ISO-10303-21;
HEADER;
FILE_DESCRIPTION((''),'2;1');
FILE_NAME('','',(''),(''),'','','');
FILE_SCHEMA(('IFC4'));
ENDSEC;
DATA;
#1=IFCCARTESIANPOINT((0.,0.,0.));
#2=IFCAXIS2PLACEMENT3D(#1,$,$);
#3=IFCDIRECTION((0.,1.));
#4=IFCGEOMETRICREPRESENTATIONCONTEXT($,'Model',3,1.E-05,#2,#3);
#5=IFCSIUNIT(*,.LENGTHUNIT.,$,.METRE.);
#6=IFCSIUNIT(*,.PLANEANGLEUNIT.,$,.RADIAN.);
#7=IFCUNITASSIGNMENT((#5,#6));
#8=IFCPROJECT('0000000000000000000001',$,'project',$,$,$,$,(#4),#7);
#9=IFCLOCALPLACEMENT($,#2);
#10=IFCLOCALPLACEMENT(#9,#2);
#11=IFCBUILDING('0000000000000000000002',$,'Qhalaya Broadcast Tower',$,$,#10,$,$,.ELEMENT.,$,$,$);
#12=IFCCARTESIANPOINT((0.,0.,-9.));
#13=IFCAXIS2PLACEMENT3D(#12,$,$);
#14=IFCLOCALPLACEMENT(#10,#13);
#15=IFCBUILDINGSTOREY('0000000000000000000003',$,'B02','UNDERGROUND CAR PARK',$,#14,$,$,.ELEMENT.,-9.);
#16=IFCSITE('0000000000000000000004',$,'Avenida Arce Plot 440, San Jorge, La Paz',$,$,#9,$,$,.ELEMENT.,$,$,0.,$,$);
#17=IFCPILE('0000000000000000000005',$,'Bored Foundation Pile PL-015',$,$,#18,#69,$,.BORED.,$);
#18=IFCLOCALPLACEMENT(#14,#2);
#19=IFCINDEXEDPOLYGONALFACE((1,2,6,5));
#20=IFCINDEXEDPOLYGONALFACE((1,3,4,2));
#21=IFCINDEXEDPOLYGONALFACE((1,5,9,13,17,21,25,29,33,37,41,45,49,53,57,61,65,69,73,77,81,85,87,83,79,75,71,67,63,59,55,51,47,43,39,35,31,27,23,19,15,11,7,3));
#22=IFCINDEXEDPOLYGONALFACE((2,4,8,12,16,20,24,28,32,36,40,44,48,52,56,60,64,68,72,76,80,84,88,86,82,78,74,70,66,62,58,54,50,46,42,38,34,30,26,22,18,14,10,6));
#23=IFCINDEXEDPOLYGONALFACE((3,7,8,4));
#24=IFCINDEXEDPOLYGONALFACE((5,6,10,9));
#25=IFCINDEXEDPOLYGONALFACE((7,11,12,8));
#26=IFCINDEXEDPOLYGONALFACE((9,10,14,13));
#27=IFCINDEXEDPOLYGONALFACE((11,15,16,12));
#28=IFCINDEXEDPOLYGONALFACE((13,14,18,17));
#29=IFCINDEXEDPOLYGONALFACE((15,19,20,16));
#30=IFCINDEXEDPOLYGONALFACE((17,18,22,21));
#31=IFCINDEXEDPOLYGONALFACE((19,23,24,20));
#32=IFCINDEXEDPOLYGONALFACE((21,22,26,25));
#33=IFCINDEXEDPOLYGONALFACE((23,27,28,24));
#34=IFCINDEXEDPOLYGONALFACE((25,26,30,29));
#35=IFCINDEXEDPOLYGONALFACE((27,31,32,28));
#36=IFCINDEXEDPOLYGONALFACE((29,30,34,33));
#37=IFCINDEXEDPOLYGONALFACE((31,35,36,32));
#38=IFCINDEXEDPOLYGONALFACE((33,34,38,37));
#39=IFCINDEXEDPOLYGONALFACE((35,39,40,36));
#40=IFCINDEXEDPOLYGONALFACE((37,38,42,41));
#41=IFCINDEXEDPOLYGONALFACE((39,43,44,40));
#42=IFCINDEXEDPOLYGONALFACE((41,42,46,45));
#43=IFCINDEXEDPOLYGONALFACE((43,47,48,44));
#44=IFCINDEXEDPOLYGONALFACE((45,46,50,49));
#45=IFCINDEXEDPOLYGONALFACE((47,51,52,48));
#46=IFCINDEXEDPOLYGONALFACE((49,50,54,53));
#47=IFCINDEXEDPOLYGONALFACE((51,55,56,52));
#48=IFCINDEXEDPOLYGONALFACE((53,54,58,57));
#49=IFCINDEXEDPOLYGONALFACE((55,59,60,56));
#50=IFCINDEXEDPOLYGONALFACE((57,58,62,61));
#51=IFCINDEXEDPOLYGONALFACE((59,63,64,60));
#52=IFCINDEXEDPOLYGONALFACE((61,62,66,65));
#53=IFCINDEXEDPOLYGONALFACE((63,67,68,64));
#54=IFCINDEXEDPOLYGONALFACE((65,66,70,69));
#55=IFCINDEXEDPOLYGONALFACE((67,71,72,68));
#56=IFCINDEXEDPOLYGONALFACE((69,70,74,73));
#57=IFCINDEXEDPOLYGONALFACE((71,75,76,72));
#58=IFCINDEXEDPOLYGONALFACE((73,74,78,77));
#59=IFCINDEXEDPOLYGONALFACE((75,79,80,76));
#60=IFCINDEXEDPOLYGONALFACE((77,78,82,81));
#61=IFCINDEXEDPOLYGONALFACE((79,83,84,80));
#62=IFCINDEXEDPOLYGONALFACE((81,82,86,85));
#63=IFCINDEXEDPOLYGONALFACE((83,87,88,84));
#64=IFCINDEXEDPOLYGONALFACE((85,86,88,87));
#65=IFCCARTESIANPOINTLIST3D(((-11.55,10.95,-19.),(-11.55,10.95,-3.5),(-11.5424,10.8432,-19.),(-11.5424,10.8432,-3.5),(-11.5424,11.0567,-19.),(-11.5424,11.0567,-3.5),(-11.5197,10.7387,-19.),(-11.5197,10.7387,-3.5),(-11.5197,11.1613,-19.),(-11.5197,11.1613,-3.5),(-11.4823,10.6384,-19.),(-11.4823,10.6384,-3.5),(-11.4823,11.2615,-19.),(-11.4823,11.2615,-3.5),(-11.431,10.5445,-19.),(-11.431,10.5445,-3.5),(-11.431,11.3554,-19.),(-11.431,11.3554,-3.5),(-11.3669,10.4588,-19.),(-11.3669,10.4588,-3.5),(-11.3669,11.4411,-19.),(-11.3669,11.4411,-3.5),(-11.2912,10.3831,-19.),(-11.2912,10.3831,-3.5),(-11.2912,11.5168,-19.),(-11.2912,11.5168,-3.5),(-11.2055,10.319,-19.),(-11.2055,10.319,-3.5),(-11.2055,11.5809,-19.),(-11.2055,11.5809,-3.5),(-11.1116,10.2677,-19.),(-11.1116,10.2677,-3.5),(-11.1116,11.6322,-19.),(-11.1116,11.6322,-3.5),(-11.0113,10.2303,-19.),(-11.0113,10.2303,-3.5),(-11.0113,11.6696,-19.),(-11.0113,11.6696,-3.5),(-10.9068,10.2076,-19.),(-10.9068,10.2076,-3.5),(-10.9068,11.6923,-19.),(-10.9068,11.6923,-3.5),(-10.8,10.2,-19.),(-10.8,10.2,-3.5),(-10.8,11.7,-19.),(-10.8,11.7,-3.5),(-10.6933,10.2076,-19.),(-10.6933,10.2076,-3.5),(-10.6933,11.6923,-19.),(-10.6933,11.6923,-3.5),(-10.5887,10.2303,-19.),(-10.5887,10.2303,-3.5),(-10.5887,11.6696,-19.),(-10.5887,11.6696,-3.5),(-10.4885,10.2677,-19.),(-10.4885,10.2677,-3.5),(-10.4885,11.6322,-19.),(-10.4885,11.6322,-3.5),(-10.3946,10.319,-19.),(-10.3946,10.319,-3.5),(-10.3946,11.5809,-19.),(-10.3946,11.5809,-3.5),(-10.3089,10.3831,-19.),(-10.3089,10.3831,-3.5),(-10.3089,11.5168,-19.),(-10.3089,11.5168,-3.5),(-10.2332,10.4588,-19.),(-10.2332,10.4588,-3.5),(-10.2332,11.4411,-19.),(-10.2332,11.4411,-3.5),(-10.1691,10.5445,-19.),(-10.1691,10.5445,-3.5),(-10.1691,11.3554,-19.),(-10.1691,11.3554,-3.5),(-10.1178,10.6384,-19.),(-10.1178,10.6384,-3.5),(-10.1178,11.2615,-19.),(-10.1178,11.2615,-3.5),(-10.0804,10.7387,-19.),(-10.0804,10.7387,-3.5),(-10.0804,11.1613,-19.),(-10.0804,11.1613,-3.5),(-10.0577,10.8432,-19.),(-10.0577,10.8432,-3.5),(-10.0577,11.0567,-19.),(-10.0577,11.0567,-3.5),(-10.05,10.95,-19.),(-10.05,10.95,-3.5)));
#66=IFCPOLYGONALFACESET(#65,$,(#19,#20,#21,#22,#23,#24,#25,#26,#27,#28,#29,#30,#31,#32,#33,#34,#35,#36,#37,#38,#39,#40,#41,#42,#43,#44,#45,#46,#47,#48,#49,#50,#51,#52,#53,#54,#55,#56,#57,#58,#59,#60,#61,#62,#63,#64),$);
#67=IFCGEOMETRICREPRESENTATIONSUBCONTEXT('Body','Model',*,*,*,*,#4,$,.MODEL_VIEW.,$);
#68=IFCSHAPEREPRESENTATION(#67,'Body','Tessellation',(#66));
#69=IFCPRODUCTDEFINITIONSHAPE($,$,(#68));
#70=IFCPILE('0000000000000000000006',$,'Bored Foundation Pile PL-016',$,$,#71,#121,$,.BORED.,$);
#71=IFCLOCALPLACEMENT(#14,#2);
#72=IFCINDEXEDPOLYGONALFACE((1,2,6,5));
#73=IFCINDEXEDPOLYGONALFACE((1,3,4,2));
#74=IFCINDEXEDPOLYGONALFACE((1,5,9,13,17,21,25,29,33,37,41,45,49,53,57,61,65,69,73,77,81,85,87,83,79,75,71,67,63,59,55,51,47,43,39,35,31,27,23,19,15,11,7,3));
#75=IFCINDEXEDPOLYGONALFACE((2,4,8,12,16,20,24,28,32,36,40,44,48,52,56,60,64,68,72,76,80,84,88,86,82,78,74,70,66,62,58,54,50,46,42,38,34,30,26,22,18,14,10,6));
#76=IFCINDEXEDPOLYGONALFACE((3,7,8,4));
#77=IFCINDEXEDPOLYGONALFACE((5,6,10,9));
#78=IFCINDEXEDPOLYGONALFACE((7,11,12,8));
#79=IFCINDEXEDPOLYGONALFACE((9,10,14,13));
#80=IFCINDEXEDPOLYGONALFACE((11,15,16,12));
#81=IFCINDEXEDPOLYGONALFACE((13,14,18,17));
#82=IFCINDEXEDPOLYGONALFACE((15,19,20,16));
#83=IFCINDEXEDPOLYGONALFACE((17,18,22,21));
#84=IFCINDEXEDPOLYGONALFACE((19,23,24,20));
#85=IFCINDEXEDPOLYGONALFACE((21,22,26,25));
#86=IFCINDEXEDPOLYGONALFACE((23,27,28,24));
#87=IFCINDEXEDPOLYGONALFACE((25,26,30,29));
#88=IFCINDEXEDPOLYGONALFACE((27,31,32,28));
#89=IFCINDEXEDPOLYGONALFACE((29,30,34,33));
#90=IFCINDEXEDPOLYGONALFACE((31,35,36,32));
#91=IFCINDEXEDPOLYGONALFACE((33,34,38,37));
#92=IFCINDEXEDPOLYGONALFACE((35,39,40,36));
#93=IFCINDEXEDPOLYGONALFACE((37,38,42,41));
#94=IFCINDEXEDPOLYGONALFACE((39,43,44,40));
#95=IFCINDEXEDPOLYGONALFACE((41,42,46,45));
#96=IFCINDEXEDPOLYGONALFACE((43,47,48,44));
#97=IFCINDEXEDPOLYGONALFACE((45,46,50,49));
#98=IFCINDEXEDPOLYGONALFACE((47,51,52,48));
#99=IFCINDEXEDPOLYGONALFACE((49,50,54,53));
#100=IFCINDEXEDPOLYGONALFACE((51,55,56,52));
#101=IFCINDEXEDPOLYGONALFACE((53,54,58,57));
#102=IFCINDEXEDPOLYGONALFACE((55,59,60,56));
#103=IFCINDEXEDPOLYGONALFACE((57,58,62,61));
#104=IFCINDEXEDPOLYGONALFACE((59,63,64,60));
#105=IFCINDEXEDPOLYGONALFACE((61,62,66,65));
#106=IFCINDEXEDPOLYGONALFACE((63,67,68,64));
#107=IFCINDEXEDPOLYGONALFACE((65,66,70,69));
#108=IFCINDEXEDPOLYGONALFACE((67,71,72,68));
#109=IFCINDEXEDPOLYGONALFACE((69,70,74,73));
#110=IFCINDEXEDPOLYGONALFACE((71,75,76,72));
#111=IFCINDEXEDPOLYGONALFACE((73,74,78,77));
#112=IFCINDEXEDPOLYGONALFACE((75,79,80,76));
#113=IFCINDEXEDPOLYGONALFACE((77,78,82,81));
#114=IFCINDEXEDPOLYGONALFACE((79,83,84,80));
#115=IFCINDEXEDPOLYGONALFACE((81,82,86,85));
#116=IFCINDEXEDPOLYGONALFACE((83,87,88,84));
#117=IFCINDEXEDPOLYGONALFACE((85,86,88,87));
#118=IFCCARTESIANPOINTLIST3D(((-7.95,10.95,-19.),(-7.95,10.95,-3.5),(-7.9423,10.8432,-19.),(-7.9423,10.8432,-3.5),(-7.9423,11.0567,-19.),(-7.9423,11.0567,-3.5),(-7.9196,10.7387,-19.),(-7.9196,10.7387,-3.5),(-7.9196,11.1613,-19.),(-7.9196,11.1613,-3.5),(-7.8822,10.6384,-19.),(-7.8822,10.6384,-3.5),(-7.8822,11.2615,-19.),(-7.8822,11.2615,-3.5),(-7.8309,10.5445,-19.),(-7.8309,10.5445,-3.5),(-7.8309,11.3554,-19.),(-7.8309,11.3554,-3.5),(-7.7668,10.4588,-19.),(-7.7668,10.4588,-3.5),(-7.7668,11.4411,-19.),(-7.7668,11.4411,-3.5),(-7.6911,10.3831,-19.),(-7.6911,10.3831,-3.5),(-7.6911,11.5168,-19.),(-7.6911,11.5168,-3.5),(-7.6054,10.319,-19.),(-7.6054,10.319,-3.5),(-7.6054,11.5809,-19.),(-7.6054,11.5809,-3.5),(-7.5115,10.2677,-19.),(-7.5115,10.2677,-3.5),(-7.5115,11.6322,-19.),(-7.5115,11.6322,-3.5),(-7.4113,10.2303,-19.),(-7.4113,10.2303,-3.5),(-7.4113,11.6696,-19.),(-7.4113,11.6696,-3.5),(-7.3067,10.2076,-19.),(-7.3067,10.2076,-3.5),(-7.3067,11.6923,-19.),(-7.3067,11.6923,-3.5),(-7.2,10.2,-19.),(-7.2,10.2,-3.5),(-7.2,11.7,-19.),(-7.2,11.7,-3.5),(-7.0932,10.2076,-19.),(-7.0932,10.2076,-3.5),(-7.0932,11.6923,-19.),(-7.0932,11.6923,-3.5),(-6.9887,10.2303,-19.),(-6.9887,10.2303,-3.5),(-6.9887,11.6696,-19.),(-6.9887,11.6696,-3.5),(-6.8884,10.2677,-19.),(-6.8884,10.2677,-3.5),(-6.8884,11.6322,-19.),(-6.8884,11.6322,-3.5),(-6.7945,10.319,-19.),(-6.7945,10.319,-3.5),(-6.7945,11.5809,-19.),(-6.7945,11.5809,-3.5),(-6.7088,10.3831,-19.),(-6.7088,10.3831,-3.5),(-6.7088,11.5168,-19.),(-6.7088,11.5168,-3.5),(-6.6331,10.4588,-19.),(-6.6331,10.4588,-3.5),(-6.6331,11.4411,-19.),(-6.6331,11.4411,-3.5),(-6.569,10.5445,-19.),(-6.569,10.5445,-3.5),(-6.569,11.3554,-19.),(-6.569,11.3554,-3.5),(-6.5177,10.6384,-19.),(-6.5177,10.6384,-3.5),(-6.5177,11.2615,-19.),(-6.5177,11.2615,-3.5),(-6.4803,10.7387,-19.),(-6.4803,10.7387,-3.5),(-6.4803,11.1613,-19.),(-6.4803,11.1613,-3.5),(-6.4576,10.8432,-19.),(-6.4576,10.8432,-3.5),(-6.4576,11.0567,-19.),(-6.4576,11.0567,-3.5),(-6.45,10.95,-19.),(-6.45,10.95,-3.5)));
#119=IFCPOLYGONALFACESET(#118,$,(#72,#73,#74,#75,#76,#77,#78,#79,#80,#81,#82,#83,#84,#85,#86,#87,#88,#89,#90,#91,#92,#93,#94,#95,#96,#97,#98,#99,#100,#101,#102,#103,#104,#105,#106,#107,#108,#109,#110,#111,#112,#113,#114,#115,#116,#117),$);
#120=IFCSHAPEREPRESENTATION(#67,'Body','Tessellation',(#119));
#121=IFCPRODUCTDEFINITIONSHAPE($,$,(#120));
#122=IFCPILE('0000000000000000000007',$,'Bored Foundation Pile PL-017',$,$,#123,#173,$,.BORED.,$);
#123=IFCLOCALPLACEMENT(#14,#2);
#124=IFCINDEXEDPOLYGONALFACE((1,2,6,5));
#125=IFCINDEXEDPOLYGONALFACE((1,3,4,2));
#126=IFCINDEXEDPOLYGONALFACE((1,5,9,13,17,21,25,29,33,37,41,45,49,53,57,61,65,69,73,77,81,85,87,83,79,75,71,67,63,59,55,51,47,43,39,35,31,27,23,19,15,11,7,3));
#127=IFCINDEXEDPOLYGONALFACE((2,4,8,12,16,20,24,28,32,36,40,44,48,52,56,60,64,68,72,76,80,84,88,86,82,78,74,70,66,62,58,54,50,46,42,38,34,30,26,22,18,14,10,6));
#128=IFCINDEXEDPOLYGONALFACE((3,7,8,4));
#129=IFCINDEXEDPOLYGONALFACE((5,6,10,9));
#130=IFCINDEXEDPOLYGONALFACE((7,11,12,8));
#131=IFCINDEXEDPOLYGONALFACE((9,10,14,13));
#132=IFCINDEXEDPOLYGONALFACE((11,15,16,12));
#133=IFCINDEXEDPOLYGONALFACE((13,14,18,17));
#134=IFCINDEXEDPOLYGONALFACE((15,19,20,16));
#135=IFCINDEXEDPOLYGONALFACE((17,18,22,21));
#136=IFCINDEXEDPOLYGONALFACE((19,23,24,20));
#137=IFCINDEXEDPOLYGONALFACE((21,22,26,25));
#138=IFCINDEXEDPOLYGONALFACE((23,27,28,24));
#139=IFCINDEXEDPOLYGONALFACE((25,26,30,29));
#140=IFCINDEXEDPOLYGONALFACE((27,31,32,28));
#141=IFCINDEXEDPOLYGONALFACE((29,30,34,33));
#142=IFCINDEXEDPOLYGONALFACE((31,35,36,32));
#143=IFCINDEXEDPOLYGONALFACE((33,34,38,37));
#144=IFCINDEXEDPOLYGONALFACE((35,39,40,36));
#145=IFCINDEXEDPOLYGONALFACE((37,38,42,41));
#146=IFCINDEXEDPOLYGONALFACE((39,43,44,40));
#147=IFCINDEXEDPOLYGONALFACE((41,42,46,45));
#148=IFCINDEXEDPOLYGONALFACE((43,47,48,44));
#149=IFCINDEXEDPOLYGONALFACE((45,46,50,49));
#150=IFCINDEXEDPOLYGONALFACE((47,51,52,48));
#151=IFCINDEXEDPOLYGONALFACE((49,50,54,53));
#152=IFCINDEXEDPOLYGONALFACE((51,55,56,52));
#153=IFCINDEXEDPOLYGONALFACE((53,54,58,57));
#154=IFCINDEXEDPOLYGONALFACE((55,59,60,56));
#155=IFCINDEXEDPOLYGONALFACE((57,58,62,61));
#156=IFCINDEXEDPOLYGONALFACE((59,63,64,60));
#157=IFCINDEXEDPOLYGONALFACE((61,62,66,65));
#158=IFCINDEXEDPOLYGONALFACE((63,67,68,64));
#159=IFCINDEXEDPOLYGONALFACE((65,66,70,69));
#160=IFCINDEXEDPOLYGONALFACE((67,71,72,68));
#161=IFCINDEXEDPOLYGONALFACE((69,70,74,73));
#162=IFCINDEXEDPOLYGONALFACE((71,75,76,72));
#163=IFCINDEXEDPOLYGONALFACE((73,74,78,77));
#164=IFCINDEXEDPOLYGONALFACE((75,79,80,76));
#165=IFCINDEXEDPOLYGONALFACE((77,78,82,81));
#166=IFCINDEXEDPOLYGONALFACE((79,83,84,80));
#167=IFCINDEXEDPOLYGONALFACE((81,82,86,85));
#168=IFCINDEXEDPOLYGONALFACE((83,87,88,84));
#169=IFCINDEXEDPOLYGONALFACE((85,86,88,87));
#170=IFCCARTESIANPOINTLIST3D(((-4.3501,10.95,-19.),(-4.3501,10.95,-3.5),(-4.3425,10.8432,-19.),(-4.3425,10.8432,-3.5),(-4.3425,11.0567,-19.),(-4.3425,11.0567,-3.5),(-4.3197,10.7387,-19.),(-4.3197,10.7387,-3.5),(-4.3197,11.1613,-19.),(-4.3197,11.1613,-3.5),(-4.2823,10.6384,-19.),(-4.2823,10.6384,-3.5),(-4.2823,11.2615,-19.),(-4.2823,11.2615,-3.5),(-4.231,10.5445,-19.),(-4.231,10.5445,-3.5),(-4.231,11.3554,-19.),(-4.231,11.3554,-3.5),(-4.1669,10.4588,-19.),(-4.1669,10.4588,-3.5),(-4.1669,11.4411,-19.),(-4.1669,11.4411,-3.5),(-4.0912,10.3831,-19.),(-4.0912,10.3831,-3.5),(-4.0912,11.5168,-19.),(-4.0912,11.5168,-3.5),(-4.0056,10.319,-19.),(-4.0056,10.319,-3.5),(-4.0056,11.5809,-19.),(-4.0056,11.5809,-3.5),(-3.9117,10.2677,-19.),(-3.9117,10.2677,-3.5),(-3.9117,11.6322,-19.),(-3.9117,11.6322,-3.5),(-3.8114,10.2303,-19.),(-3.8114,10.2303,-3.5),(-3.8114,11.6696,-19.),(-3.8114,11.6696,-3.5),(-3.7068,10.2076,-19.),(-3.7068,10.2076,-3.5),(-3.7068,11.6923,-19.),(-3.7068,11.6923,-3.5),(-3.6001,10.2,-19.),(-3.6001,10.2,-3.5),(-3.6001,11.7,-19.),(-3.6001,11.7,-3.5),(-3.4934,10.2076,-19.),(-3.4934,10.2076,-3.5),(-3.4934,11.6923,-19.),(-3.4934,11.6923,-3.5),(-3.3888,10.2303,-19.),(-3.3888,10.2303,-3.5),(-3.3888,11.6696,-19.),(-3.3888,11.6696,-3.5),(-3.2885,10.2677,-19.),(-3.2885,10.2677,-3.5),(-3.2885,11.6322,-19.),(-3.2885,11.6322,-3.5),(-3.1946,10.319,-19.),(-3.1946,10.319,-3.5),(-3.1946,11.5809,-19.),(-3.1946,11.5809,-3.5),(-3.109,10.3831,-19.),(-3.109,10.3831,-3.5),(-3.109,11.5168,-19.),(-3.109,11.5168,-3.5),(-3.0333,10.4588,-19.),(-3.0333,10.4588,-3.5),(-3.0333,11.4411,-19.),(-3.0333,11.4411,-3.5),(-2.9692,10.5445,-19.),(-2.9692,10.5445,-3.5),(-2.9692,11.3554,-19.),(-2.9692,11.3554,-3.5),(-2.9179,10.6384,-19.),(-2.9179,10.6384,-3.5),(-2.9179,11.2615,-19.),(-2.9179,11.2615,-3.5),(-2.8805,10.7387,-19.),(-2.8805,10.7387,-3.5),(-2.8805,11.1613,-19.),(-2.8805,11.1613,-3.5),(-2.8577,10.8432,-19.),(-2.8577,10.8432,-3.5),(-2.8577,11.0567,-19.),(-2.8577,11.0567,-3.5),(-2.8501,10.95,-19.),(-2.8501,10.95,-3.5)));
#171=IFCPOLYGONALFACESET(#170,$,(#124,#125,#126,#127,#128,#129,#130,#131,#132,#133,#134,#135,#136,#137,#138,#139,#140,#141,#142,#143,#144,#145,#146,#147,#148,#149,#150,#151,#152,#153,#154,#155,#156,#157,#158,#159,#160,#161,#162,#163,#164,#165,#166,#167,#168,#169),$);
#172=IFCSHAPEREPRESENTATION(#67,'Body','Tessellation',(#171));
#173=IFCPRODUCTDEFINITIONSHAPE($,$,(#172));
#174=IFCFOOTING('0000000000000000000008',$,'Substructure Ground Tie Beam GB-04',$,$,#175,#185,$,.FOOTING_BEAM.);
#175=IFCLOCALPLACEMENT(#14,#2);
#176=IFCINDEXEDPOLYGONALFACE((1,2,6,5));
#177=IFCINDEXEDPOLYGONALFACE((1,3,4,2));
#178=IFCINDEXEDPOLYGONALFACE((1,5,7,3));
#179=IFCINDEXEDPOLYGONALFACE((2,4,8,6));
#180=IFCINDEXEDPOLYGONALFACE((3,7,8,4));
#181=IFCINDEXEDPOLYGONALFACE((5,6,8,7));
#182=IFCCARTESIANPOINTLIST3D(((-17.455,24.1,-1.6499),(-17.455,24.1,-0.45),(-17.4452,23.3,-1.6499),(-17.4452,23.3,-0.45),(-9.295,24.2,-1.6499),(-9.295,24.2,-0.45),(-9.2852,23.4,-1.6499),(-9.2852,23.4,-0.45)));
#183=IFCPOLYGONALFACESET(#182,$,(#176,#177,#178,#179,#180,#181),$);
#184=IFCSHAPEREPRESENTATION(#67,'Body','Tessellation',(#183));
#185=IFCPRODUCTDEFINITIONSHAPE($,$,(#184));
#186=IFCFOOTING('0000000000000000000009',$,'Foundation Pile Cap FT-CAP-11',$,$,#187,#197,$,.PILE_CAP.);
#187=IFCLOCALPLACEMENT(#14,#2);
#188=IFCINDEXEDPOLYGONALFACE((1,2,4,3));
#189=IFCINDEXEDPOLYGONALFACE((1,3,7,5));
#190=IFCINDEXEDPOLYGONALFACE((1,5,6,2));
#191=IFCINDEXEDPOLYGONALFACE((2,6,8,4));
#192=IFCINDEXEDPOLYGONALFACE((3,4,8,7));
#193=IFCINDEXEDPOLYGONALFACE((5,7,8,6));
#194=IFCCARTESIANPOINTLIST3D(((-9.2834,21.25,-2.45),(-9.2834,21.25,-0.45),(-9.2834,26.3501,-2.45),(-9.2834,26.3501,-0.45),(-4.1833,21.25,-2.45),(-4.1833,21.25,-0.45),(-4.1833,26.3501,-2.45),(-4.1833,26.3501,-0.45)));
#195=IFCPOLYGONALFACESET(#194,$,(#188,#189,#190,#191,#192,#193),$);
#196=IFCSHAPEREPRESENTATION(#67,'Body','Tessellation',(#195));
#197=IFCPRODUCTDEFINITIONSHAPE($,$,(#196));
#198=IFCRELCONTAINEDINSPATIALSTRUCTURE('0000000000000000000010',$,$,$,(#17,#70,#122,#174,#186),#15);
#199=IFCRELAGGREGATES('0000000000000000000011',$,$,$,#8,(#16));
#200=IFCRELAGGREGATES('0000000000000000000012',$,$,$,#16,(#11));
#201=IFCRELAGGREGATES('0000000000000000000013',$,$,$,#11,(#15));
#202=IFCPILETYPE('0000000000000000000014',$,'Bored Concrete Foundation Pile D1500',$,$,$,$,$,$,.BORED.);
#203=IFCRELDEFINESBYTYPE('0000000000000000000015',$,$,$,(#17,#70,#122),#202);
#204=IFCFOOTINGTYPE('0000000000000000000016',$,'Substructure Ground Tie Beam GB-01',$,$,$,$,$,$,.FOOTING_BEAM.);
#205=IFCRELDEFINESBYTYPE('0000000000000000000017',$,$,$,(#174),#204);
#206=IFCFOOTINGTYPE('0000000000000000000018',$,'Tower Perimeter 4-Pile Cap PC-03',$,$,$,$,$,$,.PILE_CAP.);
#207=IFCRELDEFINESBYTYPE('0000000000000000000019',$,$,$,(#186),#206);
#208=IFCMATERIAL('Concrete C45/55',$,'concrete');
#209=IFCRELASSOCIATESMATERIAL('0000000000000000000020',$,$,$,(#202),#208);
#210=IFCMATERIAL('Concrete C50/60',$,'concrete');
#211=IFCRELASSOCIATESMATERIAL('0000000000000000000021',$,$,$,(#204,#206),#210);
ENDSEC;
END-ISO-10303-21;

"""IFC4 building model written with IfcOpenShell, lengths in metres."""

from ifc_helpers import new_model, si_unit, direction, frame, origin, origin_2d, place, context, subcontext, project, spatial, rectangle, circle, extrude, material, material_profile, profile_set, type_object, element, save


model = new_model("IFC4")

# Units and contexts
model_context = context("Model", 3, precision=1e-05, world=origin(), true_north=direction((0.0, 1.0)))
body_context = subcontext(model_context, "Body", "Model", "MODEL_VIEW")
ifc_project = project(units=[si_unit("LENGTHUNIT", "METRE"), si_unit("PLANEANGLEUNIT", "RADIAN")], contexts=[model_context])

# Site, building, storey
site_placement = place(None, origin())
site = spatial("IfcSite", under=ifc_project, at=site_placement, Name="Avenida Arce Plot 440, San Jorge, La Paz", CompositionType="ELEMENT", RefElevation=0.0)
building_placement = place(site_placement, origin())
building = spatial("IfcBuilding", under=site, at=building_placement, Name="Qhalaya Broadcast Tower", CompositionType="ELEMENT")
storey_placement = place(building_placement, frame((0.0, 0.0, -9.0)))
storey = spatial("IfcBuildingStorey", under=building, at=storey_placement, Name="B02", Description="UNDERGROUND CAR PARK", CompositionType="ELEMENT", Elevation=-9.0)

# Piles
ifc_material_1 = material(Name="Concrete C45/55", Category="concrete")
ifc_material_profile_1 = material_profile(ifc_material_1, circle(Radius=0.75, at=origin_2d()), Name="PILE D1500")
ifc_profile_set_1 = profile_set([ifc_material_profile_1], Name="Concrete C45/55")
pile_type_1 = type_object("IfcPileType", Name="Bored Concrete Foundation Pile D1500", PredefinedType="BORED", material=ifc_profile_set_1)
for number, where, z_axis, x_axis, name in (
    (1, (-10.8, 10.95, -3.5), (0.0, 0.0, -1.0), (1.0, 0.0, 0.0), "Bored Foundation Pile PL-015"),
    (2, (-7.2, 10.95, -3.5), (0.0, 0.0, -1.0), (1.0, 0.0, 0.0), "Bored Foundation Pile PL-016"),
    (3, (-3.6001, 10.95, -3.5), (0.0, 0.0, -1.0), (1.0, 0.0, 0.0), "Bored Foundation Pile PL-017"),
):
    element("IfcPile", number, at=place(storey_placement, frame(where, z_axis=z_axis, x_axis=x_axis)), inside=storey, type_object=pile_type_1, Name=name, PredefinedType="BORED", context=body_context, shape_type="SweptSolid", body=[
        extrude(circle(Radius=0.75, at=origin_2d()), origin(), (0.0, 0.0, 1.0), 15.5),
    ])

# Footings
ifc_material_2 = material(Name="Concrete C50/60", Category="concrete")
footing_type_1 = type_object("IfcFootingType", Name="Substructure Ground Tie Beam GB-01", PredefinedType="FOOTING_BEAM", material=ifc_material_2)
footing_1_placement = place(storey_placement, frame((-13.3701, 23.75, -1.6499), z_axis=(0.0, 0.0, 1.0), x_axis=(0.999925, 0.012254, 0.0)))
element("IfcFooting", 4, at=footing_1_placement, inside=storey, type_object=footing_type_1, Name="Substructure Ground Tie Beam GB-04", PredefinedType="FOOTING_BEAM", context=body_context, shape_type="SweptSolid", body=[
    extrude(rectangle(XDim=8.1606, YDim=0.8, at=origin_2d()), origin(), (0.0, 0.0, 1.0), 1.2),
])
footing_type_2 = type_object("IfcFootingType", Name="Tower Perimeter 4-Pile Cap PC-03", PredefinedType="PILE_CAP", material=ifc_material_2)
footing_2_placement = place(storey_placement, frame((-6.7334, 23.8, -2.45), z_axis=(0.0, 0.0, 1.0), x_axis=(1.0, 0.0, 0.0)))
element("IfcFooting", 5, at=footing_2_placement, inside=storey, type_object=footing_type_2, Name="Foundation Pile Cap FT-CAP-11", PredefinedType="PILE_CAP", context=body_context, shape_type="SweptSolid", body=[
    extrude(rectangle(XDim=5.1001, YDim=5.1001, at=origin_2d()), origin(), (0.0, 0.0, 1.0), 2.0),
])

save(model, "model.ifc")
